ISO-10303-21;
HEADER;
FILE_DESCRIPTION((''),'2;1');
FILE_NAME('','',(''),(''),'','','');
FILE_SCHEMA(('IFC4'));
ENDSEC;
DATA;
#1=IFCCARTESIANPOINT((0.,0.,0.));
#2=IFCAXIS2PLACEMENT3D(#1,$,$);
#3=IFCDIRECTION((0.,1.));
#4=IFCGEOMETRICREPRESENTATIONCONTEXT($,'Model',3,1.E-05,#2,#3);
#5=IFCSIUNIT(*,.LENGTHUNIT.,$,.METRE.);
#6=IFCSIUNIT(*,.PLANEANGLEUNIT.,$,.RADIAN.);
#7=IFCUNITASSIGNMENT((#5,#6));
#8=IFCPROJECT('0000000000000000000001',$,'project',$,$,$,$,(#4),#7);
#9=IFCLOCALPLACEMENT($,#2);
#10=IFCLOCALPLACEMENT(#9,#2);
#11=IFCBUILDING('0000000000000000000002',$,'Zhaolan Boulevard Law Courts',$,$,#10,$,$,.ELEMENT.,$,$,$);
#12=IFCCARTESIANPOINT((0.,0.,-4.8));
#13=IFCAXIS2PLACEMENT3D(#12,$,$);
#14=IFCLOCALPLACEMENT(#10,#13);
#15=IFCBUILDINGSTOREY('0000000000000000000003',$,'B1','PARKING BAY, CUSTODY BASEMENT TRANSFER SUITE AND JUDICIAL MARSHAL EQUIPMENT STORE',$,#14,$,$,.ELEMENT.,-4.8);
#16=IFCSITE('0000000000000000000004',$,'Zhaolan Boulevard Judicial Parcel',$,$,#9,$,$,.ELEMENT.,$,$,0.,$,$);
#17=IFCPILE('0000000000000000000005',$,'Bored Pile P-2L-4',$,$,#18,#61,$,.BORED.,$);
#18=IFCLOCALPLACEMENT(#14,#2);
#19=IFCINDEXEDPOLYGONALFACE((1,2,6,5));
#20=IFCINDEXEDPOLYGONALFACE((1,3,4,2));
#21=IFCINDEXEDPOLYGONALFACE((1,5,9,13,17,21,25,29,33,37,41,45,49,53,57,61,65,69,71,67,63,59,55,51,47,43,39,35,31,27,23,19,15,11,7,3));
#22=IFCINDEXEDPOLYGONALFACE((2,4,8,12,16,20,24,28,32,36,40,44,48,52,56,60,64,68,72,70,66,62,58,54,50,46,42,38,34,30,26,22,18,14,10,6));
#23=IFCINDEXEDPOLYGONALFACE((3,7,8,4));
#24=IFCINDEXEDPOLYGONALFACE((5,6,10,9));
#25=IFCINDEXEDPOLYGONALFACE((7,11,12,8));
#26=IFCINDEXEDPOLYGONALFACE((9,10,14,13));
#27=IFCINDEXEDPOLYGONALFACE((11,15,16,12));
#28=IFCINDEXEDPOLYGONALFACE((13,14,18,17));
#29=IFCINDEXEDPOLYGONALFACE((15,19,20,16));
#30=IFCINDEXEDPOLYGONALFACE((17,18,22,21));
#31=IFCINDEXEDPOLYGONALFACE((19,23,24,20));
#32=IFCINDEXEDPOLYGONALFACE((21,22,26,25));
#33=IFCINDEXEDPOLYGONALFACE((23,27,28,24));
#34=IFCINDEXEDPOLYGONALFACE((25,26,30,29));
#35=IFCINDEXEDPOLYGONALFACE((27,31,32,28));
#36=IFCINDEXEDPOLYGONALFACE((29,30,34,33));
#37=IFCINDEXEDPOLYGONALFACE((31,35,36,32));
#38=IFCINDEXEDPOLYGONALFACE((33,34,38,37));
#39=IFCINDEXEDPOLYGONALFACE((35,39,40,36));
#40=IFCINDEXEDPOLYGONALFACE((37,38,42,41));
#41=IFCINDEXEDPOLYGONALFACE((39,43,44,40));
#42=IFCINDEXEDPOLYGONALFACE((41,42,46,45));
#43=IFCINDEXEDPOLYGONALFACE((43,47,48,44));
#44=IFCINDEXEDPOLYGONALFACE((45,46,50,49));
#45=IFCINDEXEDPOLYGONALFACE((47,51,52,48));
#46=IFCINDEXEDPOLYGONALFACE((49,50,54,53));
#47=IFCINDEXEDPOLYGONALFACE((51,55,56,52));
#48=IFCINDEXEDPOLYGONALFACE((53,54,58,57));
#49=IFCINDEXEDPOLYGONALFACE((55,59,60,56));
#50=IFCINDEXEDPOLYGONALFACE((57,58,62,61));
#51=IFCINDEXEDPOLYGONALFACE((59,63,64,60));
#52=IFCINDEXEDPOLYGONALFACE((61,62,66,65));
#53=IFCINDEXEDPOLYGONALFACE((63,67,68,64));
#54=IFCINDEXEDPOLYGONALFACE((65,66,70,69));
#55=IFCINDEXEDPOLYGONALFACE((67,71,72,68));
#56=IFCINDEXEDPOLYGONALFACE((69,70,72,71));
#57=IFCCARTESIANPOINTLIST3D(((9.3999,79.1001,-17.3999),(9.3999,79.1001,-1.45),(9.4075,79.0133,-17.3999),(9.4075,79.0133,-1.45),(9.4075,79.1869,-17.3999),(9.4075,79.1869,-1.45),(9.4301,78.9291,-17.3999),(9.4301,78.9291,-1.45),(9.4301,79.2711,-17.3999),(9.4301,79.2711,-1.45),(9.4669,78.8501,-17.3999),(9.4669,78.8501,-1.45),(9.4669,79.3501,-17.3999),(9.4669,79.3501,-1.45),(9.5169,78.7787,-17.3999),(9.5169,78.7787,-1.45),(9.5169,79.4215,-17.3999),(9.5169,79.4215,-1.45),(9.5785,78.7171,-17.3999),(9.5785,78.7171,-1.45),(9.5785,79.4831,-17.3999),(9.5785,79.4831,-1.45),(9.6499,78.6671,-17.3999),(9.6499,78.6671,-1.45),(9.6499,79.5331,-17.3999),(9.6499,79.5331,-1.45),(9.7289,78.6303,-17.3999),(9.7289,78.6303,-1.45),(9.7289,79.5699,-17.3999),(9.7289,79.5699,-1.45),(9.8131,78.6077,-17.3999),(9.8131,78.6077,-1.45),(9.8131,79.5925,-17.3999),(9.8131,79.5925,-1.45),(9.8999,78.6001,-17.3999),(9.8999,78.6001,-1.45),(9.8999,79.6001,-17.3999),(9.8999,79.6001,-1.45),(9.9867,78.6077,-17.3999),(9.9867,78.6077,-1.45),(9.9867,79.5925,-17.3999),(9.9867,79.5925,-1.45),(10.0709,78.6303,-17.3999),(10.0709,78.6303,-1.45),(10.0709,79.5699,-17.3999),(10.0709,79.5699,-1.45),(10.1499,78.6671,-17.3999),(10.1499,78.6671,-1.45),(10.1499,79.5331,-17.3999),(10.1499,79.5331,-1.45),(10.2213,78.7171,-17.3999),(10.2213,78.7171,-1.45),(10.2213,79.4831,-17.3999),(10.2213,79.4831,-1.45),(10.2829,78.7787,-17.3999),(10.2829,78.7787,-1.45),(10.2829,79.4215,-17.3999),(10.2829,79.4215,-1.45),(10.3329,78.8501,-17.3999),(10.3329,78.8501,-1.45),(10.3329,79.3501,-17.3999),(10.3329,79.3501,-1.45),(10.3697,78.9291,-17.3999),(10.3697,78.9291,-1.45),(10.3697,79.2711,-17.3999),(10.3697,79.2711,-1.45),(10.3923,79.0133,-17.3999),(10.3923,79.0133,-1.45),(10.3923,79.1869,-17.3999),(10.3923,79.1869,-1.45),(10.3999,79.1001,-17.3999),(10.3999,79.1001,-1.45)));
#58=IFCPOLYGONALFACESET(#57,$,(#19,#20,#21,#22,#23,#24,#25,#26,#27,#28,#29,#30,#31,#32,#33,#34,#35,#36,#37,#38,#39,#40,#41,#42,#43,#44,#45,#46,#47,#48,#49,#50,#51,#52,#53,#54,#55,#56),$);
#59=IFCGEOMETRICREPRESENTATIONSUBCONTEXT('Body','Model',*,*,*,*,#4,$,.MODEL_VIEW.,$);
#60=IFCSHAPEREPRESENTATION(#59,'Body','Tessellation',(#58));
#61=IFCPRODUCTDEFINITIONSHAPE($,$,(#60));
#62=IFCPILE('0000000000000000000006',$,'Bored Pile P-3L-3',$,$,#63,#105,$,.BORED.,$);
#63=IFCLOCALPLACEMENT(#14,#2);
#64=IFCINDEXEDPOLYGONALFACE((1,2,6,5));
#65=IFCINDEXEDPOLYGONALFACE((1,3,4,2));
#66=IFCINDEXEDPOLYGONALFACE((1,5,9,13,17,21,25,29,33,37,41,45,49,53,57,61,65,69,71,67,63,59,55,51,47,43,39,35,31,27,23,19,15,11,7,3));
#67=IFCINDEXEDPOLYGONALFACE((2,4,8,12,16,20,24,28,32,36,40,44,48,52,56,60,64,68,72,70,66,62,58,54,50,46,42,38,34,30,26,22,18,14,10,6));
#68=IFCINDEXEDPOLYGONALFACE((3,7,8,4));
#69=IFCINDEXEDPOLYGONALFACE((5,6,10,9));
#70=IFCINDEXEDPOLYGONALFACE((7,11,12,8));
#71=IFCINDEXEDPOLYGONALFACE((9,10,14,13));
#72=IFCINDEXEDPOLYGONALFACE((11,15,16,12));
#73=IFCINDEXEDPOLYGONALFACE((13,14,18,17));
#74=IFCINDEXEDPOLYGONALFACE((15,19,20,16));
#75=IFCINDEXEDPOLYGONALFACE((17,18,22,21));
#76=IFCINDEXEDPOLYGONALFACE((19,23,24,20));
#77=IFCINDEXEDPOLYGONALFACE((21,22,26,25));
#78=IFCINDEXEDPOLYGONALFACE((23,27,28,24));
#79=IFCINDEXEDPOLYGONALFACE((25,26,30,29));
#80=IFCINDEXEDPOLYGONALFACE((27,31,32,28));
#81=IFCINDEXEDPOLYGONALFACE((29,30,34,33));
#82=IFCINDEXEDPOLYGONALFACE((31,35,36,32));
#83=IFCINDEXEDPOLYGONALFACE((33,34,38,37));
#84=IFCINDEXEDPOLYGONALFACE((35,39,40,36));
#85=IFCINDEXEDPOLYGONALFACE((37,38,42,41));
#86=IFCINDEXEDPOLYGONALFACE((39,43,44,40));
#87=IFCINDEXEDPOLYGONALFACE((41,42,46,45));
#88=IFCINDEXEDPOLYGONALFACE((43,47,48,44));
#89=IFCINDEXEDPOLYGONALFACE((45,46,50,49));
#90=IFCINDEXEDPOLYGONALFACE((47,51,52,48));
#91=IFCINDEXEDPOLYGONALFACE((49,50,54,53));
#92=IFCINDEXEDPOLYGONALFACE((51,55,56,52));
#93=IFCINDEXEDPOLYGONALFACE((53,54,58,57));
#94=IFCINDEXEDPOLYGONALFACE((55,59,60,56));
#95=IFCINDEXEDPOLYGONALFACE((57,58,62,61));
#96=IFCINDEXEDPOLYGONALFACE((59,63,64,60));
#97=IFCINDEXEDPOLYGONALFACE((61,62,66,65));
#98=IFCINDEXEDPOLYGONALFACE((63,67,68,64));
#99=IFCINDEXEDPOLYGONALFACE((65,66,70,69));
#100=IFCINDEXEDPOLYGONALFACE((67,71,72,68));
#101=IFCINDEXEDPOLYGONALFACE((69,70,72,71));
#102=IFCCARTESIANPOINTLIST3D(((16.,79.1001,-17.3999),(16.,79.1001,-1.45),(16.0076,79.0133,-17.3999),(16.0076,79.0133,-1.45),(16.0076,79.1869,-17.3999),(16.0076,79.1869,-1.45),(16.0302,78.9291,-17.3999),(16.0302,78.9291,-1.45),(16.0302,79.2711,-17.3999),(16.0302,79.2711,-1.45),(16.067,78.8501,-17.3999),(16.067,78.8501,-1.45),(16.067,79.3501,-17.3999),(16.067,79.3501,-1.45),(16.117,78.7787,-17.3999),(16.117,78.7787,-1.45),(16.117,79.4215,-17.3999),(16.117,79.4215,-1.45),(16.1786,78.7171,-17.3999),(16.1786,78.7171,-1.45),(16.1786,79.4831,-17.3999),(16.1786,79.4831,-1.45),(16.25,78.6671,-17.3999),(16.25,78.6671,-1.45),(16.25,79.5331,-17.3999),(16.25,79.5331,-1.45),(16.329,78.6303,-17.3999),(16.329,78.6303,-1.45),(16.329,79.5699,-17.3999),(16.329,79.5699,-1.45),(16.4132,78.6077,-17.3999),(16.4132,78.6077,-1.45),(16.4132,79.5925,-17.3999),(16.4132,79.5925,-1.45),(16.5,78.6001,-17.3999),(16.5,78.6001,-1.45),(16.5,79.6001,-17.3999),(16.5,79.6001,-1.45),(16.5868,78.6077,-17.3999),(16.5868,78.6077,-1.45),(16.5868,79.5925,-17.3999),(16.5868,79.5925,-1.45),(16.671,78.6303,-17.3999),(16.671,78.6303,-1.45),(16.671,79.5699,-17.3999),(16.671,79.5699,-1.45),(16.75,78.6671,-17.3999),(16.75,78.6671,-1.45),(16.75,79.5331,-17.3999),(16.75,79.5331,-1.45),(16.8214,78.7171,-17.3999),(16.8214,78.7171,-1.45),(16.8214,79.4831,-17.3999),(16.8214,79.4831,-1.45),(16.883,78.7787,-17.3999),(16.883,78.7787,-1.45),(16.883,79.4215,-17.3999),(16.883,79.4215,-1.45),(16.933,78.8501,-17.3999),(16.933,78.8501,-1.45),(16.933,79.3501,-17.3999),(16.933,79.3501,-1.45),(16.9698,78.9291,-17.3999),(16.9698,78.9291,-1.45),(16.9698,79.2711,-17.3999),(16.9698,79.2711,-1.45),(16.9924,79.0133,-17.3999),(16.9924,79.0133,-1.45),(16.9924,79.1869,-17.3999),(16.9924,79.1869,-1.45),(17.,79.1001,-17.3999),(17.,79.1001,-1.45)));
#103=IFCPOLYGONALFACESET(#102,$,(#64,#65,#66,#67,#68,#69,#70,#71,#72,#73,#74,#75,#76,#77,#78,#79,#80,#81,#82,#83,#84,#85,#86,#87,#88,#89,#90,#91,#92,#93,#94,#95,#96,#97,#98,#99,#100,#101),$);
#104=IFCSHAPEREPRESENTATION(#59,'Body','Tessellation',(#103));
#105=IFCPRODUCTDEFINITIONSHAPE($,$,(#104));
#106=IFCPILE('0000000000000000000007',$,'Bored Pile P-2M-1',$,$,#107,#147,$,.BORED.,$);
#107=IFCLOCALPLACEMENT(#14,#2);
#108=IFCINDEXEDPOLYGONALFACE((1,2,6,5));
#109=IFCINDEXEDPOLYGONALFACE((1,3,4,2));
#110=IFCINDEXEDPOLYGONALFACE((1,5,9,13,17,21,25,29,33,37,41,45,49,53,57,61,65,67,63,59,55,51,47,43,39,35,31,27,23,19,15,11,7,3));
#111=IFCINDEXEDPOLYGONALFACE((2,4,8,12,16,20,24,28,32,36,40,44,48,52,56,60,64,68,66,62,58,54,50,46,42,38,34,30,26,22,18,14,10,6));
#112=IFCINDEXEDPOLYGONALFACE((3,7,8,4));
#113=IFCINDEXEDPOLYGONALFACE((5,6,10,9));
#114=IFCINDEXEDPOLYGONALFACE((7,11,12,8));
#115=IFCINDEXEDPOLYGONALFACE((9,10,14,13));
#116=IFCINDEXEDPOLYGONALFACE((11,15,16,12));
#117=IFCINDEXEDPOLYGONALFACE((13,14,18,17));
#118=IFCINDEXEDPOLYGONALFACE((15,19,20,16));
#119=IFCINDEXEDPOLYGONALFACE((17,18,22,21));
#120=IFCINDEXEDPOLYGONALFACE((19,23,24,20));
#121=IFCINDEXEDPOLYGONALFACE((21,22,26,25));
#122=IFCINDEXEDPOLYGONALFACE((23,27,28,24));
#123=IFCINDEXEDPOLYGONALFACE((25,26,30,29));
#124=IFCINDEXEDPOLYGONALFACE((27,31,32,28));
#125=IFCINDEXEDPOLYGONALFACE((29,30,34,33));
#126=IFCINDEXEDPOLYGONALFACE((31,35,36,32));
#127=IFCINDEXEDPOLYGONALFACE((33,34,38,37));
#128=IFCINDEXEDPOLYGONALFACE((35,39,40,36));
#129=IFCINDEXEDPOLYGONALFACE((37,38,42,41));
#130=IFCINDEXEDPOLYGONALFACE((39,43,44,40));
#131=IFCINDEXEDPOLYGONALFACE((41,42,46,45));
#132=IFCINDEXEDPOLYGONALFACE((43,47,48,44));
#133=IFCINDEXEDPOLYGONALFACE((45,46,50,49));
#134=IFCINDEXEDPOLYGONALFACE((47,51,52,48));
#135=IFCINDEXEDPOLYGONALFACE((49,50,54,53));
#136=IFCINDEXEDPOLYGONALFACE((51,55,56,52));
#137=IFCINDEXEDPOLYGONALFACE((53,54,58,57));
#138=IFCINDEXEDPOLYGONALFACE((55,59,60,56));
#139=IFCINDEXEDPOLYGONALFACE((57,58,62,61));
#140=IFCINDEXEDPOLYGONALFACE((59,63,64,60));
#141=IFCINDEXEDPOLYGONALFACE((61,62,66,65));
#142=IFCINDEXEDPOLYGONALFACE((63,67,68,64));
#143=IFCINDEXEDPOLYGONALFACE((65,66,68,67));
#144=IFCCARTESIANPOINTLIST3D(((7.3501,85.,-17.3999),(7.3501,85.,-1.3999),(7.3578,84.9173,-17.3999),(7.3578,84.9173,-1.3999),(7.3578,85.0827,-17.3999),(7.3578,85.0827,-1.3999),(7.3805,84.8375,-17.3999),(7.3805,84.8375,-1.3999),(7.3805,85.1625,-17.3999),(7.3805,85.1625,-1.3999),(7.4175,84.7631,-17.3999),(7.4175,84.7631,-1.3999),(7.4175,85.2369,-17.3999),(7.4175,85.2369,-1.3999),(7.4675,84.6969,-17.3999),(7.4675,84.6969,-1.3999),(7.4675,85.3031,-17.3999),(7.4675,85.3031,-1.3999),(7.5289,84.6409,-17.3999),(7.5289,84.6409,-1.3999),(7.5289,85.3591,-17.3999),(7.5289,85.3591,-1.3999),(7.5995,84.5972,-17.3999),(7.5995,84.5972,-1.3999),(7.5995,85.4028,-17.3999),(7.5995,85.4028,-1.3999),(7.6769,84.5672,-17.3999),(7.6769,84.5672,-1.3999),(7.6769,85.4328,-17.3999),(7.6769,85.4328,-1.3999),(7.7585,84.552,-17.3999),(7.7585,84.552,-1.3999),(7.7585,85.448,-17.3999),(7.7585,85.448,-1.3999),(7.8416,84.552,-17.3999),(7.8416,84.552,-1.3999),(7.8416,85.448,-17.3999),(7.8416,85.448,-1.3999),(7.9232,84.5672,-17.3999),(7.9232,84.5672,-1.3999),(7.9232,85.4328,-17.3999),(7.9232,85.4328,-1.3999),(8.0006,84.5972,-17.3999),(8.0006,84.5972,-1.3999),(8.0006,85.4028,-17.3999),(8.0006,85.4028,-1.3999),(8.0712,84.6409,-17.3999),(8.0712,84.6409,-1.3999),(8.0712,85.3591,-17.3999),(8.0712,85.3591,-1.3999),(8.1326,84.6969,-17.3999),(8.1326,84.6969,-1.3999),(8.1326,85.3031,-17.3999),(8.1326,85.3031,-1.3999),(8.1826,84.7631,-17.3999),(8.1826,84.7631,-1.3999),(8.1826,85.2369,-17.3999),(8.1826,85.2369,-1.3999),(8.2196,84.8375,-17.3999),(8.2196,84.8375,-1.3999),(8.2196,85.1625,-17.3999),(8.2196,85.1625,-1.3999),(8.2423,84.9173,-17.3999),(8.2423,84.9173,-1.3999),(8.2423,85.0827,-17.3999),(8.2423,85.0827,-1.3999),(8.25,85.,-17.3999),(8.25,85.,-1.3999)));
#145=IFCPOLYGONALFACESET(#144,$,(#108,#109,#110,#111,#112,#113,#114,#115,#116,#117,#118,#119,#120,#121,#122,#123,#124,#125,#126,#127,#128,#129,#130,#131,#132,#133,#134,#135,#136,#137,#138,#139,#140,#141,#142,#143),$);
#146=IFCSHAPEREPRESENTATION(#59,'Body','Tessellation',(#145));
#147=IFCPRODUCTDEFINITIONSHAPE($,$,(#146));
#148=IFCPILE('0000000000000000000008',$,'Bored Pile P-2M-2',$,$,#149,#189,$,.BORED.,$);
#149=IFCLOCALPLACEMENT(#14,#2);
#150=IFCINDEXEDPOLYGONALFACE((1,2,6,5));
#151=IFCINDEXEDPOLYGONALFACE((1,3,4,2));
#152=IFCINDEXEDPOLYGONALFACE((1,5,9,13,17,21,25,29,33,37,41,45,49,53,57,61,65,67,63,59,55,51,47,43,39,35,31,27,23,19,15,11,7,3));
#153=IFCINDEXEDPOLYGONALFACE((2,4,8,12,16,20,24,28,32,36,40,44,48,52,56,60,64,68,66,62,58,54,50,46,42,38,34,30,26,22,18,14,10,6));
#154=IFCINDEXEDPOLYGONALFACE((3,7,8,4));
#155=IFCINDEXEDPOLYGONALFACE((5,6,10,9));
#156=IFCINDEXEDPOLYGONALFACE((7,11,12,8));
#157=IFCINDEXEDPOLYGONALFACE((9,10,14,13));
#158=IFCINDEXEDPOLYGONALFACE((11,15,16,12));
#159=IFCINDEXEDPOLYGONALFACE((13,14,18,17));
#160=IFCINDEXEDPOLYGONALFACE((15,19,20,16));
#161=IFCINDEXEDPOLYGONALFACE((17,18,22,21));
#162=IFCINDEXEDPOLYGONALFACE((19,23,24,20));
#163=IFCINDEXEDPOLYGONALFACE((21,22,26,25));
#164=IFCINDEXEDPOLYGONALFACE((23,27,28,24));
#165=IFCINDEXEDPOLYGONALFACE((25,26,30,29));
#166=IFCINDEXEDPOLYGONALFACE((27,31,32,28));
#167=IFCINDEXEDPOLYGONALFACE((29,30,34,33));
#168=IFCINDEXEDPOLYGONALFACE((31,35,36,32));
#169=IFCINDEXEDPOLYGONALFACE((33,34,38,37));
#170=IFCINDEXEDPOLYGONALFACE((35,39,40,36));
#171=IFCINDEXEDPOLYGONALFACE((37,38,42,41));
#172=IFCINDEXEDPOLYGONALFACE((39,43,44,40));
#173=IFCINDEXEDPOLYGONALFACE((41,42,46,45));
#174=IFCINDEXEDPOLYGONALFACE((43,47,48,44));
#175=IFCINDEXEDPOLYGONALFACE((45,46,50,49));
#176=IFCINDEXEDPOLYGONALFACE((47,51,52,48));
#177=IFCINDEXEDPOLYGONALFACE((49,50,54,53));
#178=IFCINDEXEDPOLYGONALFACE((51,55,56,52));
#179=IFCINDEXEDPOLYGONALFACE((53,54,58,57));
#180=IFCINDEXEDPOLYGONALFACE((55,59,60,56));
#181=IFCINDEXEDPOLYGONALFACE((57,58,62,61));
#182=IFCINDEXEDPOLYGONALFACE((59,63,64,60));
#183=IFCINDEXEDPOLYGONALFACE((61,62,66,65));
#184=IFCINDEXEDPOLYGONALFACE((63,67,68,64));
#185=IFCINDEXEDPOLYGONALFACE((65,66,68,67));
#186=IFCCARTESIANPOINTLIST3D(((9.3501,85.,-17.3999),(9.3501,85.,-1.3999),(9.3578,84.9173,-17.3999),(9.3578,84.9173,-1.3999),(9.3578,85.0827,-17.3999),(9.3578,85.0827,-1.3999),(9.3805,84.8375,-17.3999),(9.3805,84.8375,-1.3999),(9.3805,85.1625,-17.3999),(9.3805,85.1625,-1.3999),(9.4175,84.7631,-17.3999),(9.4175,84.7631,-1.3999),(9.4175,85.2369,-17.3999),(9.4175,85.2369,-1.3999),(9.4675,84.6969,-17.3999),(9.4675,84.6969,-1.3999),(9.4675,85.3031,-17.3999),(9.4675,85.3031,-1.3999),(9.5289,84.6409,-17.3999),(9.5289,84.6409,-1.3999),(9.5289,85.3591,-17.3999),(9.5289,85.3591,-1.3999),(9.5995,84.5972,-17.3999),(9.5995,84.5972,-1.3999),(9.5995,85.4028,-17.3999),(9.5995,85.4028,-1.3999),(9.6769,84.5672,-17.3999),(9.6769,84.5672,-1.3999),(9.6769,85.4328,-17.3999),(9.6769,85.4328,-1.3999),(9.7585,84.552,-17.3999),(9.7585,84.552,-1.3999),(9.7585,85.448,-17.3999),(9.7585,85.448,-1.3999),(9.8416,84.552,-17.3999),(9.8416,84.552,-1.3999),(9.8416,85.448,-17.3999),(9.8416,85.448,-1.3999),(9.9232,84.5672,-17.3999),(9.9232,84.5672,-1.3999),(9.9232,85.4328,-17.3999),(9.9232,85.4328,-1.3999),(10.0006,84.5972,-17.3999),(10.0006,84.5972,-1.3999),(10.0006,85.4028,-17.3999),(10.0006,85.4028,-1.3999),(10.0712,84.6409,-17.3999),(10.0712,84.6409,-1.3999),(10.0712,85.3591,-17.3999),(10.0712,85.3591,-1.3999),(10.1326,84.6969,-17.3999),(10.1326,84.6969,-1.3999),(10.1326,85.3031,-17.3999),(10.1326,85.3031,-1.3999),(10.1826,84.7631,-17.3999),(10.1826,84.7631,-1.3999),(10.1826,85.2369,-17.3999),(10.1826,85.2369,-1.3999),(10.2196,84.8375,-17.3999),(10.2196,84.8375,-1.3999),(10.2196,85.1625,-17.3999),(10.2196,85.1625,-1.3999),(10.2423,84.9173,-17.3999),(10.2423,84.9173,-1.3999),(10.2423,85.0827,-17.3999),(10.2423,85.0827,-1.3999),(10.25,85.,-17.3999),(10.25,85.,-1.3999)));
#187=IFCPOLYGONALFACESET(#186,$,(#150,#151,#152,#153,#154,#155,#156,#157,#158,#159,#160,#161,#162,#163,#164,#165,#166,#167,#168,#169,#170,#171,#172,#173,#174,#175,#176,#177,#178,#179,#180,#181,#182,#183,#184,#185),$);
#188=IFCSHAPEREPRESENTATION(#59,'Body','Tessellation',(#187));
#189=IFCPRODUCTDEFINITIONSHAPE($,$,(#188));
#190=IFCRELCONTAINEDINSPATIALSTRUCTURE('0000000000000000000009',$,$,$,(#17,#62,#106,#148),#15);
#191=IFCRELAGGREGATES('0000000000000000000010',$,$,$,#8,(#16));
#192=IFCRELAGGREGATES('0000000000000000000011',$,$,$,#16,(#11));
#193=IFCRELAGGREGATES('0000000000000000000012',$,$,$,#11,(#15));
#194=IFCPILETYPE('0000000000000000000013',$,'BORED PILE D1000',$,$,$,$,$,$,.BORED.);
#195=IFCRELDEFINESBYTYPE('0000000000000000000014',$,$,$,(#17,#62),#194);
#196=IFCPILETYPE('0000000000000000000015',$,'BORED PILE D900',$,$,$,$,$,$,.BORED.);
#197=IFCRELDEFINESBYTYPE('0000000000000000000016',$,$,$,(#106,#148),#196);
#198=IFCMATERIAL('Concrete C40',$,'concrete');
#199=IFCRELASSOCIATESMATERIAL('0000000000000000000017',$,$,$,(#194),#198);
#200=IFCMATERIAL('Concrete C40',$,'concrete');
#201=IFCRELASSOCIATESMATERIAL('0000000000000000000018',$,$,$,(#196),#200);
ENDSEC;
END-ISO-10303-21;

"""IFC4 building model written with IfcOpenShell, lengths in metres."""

from ifc_helpers import new_model, si_unit, direction, frame, origin, origin_2d, place, context, subcontext, project, spatial, circle, extrude, material, material_profile, profile_set, type_object, element, save


model = new_model("IFC4")

# Units and contexts
model_context = context("Model", 3, precision=1e-05, world=origin(), true_north=direction((0.0, 1.0)))
body_context = subcontext(model_context, "Body", "Model", "MODEL_VIEW")
ifc_project = project(units=[si_unit("LENGTHUNIT", "METRE"), si_unit("PLANEANGLEUNIT", "RADIAN")], contexts=[model_context])

# Site, building, storey
site_placement = place(None, origin())
site = spatial("IfcSite", under=ifc_project, at=site_placement, Name="Zhaolan Boulevard Judicial Parcel", CompositionType="ELEMENT", RefElevation=0.0)
building_placement = place(site_placement, origin())
building = spatial("IfcBuilding", under=site, at=building_placement, Name="Zhaolan Boulevard Law Courts", CompositionType="ELEMENT")
storey_placement = place(building_placement, frame((0.0, 0.0, -4.8)))
storey = spatial("IfcBuildingStorey", under=building, at=storey_placement, Name="B1", Description="PARKING BAY, CUSTODY BASEMENT TRANSFER SUITE AND JUDICIAL MARSHAL EQUIPMENT STORE", CompositionType="ELEMENT", Elevation=-4.8)

# Piles
ifc_material_1 = material(Name="Concrete C40", Category="concrete")
ifc_material_profile_1 = material_profile(ifc_material_1, circle(Radius=0.5, at=origin_2d()), Name="PILE-D1000")
ifc_profile_set_1 = profile_set([ifc_material_profile_1], Name="Concrete C40")
pile_type_1 = type_object("IfcPileType", Name="BORED PILE D1000", PredefinedType="BORED", material=ifc_profile_set_1)
for number, where, z_axis, x_axis, name in (
    (1, (9.8999, 79.1001, -1.45), (0.0, 0.0, -1.0), (1.0, 0.0, 0.0), "Bored Pile P-2L-4"),
    (2, (16.5, 79.1001, -1.45), (0.0, 0.0, -1.0), (1.0, 0.0, 0.0), "Bored Pile P-3L-3"),
):
    element("IfcPile", number, at=place(storey_placement, frame(where, z_axis=z_axis, x_axis=x_axis)), inside=storey, type_object=pile_type_1, Name=name, PredefinedType="BORED", context=body_context, shape_type="SweptSolid", body=[
        extrude(circle(Radius=0.5, at=origin_2d()), origin(), (0.0, 0.0, 1.0), 15.95),
    ])
ifc_material_2 = material(Name="Concrete C40", Category="concrete")
ifc_material_profile_2 = material_profile(ifc_material_2, circle(Radius=0.45, at=origin_2d()), Name="PILE-D900")
ifc_profile_set_2 = profile_set([ifc_material_profile_2], Name="Concrete C40")
pile_type_2 = type_object("IfcPileType", Name="BORED PILE D900", PredefinedType="BORED", material=ifc_profile_set_2)
for number, where, z_axis, x_axis, name in (
    (3, (7.8, 85.0, -1.3999), (0.0, 0.0, -1.0), (1.0, 0.0, 0.0), "Bored Pile P-2M-1"),
    (4, (9.8, 85.0, -1.3999), (0.0, 0.0, -1.0), (1.0, 0.0, 0.0), "Bored Pile P-2M-2"),
):
    element("IfcPile", number, at=place(storey_placement, frame(where, z_axis=z_axis, x_axis=x_axis)), inside=storey, type_object=pile_type_2, Name=name, PredefinedType="BORED", context=body_context, shape_type="SweptSolid", body=[
        extrude(circle(Radius=0.45, at=origin_2d()), origin(), (0.0, 0.0, 1.0), 16.0),
    ])

save(model, "model.ifc")
